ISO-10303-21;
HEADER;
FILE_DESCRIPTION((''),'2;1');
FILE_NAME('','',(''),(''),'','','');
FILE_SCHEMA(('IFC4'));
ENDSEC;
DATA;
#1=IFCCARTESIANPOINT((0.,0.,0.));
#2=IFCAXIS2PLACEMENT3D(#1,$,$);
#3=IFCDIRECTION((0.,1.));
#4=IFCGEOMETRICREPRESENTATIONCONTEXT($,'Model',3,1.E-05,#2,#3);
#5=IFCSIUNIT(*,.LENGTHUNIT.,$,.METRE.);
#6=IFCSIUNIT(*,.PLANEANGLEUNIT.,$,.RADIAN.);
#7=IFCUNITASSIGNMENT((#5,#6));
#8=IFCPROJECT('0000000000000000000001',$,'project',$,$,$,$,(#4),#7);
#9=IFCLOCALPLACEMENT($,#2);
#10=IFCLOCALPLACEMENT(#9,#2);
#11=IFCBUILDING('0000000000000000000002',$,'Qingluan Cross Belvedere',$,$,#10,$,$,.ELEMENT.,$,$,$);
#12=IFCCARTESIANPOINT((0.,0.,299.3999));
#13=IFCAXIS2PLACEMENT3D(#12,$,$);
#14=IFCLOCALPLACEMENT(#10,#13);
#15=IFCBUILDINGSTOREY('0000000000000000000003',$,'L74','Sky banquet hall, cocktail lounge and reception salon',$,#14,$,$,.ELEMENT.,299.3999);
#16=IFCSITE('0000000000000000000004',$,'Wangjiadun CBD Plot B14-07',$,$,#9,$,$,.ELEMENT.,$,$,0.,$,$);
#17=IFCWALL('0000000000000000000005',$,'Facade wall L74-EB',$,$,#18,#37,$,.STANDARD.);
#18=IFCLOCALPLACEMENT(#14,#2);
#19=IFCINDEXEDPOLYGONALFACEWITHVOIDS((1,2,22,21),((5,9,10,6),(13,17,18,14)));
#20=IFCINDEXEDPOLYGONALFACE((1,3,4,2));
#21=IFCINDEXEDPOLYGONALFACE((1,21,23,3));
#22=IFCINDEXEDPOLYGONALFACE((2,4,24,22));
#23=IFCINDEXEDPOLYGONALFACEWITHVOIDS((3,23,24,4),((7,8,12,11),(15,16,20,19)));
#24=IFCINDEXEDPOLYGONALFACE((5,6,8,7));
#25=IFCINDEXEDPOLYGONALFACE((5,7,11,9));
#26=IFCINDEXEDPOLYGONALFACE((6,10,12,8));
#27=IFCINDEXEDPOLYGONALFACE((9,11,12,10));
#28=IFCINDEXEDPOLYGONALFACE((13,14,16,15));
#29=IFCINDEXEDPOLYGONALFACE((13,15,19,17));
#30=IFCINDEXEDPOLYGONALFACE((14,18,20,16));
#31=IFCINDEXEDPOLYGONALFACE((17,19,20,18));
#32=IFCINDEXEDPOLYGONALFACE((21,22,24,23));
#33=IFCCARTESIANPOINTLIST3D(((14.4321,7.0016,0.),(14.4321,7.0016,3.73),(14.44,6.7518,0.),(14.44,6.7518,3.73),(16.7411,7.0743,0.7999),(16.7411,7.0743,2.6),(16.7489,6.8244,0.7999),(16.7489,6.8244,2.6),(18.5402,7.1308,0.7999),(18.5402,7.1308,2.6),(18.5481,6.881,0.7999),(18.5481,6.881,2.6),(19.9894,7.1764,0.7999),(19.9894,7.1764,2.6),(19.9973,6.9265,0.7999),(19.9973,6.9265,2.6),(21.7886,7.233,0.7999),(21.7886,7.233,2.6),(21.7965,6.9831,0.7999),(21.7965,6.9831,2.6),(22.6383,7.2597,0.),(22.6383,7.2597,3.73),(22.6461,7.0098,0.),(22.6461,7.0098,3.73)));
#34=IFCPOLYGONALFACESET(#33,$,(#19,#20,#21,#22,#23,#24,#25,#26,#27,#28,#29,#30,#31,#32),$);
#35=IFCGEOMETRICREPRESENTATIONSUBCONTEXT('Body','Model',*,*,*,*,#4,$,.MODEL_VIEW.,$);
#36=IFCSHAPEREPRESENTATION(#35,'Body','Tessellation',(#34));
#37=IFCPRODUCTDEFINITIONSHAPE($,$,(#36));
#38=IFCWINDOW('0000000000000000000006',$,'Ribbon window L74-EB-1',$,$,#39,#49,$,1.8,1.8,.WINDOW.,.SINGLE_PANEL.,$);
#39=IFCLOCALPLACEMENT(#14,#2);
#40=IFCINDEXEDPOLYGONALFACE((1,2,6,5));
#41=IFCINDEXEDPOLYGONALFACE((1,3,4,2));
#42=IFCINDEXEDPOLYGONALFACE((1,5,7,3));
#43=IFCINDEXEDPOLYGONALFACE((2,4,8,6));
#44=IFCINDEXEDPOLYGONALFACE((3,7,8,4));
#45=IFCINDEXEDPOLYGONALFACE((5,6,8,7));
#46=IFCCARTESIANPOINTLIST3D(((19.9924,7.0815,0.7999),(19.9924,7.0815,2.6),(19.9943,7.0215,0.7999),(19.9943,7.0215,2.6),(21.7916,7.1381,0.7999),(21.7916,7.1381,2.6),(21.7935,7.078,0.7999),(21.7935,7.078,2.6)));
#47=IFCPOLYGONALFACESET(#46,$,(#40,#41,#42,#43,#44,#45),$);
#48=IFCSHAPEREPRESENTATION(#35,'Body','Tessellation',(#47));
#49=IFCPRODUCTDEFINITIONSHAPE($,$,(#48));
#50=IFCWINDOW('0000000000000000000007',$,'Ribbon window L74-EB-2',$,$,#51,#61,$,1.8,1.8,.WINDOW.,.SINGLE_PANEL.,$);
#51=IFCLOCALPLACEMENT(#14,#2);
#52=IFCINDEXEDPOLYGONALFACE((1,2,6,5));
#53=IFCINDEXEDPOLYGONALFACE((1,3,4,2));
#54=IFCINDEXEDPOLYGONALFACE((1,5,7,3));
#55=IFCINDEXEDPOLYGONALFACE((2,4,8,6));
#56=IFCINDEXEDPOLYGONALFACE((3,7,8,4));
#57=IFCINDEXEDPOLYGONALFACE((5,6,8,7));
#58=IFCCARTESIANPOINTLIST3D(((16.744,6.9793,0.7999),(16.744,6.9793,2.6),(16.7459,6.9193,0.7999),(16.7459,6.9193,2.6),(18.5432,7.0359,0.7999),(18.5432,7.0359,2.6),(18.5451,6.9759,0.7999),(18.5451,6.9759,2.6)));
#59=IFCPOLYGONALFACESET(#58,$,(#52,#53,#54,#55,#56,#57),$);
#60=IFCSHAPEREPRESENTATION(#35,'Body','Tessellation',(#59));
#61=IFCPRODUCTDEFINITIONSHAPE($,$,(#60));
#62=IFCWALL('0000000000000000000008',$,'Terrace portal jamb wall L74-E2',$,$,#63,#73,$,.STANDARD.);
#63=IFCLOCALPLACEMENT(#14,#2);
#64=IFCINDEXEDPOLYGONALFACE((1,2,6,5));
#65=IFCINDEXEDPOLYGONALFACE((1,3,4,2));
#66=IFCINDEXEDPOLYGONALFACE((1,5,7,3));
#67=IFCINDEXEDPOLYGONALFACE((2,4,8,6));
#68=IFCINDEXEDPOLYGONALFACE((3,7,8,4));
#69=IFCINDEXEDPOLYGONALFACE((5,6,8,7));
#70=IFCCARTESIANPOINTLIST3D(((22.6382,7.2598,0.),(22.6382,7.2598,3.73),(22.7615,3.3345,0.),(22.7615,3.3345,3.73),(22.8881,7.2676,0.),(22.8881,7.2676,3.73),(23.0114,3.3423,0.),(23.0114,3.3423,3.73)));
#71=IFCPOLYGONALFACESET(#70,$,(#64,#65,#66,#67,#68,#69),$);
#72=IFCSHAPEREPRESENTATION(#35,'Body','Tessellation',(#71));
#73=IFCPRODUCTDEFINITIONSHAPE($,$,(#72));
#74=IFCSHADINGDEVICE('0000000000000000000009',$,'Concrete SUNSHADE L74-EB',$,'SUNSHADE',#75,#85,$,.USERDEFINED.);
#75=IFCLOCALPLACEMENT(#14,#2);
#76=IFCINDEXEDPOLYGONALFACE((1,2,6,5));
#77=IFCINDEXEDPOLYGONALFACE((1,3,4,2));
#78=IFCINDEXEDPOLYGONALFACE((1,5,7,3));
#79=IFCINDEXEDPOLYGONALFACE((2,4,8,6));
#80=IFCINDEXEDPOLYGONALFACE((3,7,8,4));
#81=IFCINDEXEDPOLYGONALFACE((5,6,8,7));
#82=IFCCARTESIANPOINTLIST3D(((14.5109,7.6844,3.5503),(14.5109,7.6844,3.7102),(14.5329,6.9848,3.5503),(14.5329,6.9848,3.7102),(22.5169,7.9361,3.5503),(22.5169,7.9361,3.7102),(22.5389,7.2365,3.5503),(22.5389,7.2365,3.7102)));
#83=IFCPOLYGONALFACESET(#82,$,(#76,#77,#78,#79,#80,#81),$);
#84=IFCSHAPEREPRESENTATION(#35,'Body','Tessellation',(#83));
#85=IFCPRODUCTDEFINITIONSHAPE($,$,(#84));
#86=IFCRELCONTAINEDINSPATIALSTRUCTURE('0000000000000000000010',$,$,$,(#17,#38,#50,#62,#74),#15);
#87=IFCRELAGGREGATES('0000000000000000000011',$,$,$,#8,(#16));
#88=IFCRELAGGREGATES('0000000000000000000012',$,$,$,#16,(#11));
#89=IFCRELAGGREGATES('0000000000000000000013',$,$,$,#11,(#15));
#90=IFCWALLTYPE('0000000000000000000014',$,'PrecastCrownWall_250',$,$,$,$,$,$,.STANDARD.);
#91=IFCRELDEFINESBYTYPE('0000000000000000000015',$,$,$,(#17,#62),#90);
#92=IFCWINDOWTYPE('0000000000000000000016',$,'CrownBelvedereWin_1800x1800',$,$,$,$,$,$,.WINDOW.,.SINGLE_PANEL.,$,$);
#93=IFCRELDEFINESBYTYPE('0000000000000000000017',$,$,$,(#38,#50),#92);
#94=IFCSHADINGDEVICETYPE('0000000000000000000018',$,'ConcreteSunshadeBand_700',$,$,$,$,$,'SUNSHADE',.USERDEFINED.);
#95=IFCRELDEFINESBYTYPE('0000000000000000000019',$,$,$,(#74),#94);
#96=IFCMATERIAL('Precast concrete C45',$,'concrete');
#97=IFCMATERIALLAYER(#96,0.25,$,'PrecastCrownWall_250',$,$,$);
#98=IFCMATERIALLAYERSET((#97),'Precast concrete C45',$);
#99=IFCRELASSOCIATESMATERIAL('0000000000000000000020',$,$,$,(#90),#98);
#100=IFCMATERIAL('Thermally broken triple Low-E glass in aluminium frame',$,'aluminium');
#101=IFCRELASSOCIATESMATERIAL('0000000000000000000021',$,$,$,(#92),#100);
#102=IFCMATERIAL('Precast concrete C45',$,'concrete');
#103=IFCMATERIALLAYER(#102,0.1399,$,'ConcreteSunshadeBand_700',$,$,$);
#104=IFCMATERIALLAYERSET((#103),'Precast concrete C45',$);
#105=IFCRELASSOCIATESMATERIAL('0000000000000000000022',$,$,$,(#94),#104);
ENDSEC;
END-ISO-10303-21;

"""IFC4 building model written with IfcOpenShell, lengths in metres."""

from ifc_helpers import new_model, si_unit, direction, frame, frame_2d, origin, origin_2d, place, context, subcontext, project, spatial, rectangle, extrude, material, layer, layer_set, type_object, element, fill, save


model = new_model("IFC4")

# Units and contexts
model_context = context("Model", 3, precision=1e-05, world=origin(), true_north=direction((0.0, 1.0)))
body_context = subcontext(model_context, "Body", "Model", "MODEL_VIEW")
ifc_project = project(units=[si_unit("LENGTHUNIT", "METRE"), si_unit("PLANEANGLEUNIT", "RADIAN")], contexts=[model_context])

# Site, building, storey
site_placement = place(None, origin())
site = spatial("IfcSite", under=ifc_project, at=site_placement, Name="Wangjiadun CBD Plot B14-07", CompositionType="ELEMENT", RefElevation=0.0)
building_placement = place(site_placement, origin())
building = spatial("IfcBuilding", under=site, at=building_placement, Name="Qingluan Cross Belvedere", CompositionType="ELEMENT")
storey_placement = place(building_placement, frame((0.0, 0.0, 299.3999)))
storey = spatial("IfcBuildingStorey", under=building, at=storey_placement, Name="L74", Description="Sky banquet hall, cocktail lounge and reception salon", CompositionType="ELEMENT", Elevation=299.3999)

# Wall, openings, windows
ifc_material_1 = material(Name="Precast concrete C45", Category="concrete")
ifc_layer_1 = layer(ifc_material_1, 0.25, Name="PrecastCrownWall_250")
ifc_layer_set_1 = layer_set([ifc_layer_1], Name="Precast concrete C45")
wall_type = type_object("IfcWallType", Name="PrecastCrownWall_250", PredefinedType="STANDARD", material=ifc_layer_set_1)
wall_1_placement = place(storey_placement, frame((22.6421, 7.1348, 0.0), z_axis=(0.0, 0.0, 1.0), x_axis=(-0.999506, -0.031432, 0.0)))
wall_1 = element("IfcWall", 1, at=wall_1_placement, inside=storey, type_object=wall_type, Name="Facade wall L74-EB", PredefinedType="STANDARD", context=body_context, shape_type="SweptSolid", body=[
    extrude(rectangle(XDim=8.2102, YDim=0.25, at=frame_2d((4.105, 0.0))), origin(), (0.0, 0.0, 1.0), 3.73),
])
opening_1_placement = place(wall_1_placement, frame((0.8501, 0.0, 0.8)))
opening_1 = element("IfcOpeningElement", 2, at=opening_1_placement, cuts=wall_1, PredefinedType="OPENING", context=body_context, shape_type="SweptSolid", body=[
    extrude(rectangle(XDim=1.8, YDim=1.8, at=frame_2d((0.8999, 0.8999))), frame((0.0, 0.135, 0.0), z_axis=(0.0, -1.0, 0.0), x_axis=(1.0, 0.0, 0.0)), (0.0, 0.0, 1.0), 0.27),
])
opening_2_placement = place(wall_1_placement, frame((4.1001, 0.0, 0.8)))
opening_2 = element("IfcOpeningElement", 3, at=opening_2_placement, cuts=wall_1, PredefinedType="OPENING", context=body_context, shape_type="SweptSolid", body=[
    extrude(rectangle(XDim=1.8, YDim=1.8, at=frame_2d((0.8999, 0.8999))), frame((0.0, 0.135, 0.0), z_axis=(0.0, -1.0, 0.0), x_axis=(1.0, 0.0, 0.0)), (0.0, 0.0, 1.0), 0.27),
])
ifc_material_2 = material(Name="Thermally broken triple Low-E glass in aluminium frame", Category="aluminium")
window_type = type_object("IfcWindowType", Name="CrownBelvedereWin_1800x1800", PartitioningType="SINGLE_PANEL", PredefinedType="WINDOW", material=ifc_material_2)
window_1_placement = place(opening_1_placement, origin())
window_1 = element("IfcWindow", 4, at=window_1_placement, inside=storey, type_object=window_type, Name="Ribbon window L74-EB-1", OverallHeight=1.8, OverallWidth=1.8, PartitioningType="SINGLE_PANEL", PredefinedType="WINDOW", context=body_context, shape_type="SweptSolid", body=[
    extrude(rectangle(XDim=1.8, YDim=1.8, at=frame_2d((0.8999, 0.8999))), frame((0.0, 0.03, 0.0), z_axis=(0.0, -1.0, 0.0), x_axis=(1.0, 0.0, 0.0)), (0.0, 0.0, 1.0), 0.0601),
])
fill(opening_1, window_1)
window_2_placement = place(opening_2_placement, origin())
window_2 = element("IfcWindow", 5, at=window_2_placement, inside=storey, type_object=window_type, Name="Ribbon window L74-EB-2", OverallHeight=1.8, OverallWidth=1.8, PartitioningType="SINGLE_PANEL", PredefinedType="WINDOW", context=body_context, shape_type="SweptSolid", body=[
    extrude(rectangle(XDim=1.8, YDim=1.8, at=frame_2d((0.8999, 0.8999))), frame((0.0, 0.03, 0.0), z_axis=(0.0, -1.0, 0.0), x_axis=(1.0, 0.0, 0.0)), (0.0, 0.0, 1.0), 0.0601),
])
fill(opening_2, window_2)

# Wall
wall_2_placement = place(storey_placement, frame((22.8865, 3.3384, 0.0), z_axis=(0.0, 0.0, 1.0), x_axis=(-0.031394, 0.999507, 0.0)))
element("IfcWall", 6, at=wall_2_placement, inside=storey, type_object=wall_type, Name="Terrace portal jamb wall L74-E2", PredefinedType="STANDARD", context=body_context, shape_type="SweptSolid", body=[
    extrude(rectangle(XDim=3.9272, YDim=0.25, at=frame_2d((1.9636, 0.0))), origin(), (0.0, 0.0, 1.0), 3.73),
])

# Shading device
ifc_material_3 = material(Name="Precast concrete C45", Category="concrete")
ifc_layer_2 = layer(ifc_material_3, 0.1399, Name="ConcreteSunshadeBand_700")
ifc_layer_set_2 = layer_set([ifc_layer_2], Name="Precast concrete C45")
shading_device_type = type_object("IfcShadingDeviceType", Name="ConcreteSunshadeBand_700", ElementType="SUNSHADE", PredefinedType="USERDEFINED", material=ifc_layer_set_2)
shading_device_placement = place(storey_placement, frame((18.5249, 7.4604, 3.5503), z_axis=(0.0, 0.0, 1.0), x_axis=(-0.999506, -0.031413, 0.0)))
element("IfcShadingDevice", 7, at=shading_device_placement, inside=storey, type_object=shading_device_type, Name="Concrete SUNSHADE L74-EB", ObjectType="SUNSHADE", PredefinedType="USERDEFINED", context=body_context, shape_type="SweptSolid", body=[
    extrude(rectangle(XDim=8.01, YDim=0.7, at=origin_2d()), origin(), (0.0, 0.0, 1.0), 0.1599),
])

save(model, "model.ifc")
